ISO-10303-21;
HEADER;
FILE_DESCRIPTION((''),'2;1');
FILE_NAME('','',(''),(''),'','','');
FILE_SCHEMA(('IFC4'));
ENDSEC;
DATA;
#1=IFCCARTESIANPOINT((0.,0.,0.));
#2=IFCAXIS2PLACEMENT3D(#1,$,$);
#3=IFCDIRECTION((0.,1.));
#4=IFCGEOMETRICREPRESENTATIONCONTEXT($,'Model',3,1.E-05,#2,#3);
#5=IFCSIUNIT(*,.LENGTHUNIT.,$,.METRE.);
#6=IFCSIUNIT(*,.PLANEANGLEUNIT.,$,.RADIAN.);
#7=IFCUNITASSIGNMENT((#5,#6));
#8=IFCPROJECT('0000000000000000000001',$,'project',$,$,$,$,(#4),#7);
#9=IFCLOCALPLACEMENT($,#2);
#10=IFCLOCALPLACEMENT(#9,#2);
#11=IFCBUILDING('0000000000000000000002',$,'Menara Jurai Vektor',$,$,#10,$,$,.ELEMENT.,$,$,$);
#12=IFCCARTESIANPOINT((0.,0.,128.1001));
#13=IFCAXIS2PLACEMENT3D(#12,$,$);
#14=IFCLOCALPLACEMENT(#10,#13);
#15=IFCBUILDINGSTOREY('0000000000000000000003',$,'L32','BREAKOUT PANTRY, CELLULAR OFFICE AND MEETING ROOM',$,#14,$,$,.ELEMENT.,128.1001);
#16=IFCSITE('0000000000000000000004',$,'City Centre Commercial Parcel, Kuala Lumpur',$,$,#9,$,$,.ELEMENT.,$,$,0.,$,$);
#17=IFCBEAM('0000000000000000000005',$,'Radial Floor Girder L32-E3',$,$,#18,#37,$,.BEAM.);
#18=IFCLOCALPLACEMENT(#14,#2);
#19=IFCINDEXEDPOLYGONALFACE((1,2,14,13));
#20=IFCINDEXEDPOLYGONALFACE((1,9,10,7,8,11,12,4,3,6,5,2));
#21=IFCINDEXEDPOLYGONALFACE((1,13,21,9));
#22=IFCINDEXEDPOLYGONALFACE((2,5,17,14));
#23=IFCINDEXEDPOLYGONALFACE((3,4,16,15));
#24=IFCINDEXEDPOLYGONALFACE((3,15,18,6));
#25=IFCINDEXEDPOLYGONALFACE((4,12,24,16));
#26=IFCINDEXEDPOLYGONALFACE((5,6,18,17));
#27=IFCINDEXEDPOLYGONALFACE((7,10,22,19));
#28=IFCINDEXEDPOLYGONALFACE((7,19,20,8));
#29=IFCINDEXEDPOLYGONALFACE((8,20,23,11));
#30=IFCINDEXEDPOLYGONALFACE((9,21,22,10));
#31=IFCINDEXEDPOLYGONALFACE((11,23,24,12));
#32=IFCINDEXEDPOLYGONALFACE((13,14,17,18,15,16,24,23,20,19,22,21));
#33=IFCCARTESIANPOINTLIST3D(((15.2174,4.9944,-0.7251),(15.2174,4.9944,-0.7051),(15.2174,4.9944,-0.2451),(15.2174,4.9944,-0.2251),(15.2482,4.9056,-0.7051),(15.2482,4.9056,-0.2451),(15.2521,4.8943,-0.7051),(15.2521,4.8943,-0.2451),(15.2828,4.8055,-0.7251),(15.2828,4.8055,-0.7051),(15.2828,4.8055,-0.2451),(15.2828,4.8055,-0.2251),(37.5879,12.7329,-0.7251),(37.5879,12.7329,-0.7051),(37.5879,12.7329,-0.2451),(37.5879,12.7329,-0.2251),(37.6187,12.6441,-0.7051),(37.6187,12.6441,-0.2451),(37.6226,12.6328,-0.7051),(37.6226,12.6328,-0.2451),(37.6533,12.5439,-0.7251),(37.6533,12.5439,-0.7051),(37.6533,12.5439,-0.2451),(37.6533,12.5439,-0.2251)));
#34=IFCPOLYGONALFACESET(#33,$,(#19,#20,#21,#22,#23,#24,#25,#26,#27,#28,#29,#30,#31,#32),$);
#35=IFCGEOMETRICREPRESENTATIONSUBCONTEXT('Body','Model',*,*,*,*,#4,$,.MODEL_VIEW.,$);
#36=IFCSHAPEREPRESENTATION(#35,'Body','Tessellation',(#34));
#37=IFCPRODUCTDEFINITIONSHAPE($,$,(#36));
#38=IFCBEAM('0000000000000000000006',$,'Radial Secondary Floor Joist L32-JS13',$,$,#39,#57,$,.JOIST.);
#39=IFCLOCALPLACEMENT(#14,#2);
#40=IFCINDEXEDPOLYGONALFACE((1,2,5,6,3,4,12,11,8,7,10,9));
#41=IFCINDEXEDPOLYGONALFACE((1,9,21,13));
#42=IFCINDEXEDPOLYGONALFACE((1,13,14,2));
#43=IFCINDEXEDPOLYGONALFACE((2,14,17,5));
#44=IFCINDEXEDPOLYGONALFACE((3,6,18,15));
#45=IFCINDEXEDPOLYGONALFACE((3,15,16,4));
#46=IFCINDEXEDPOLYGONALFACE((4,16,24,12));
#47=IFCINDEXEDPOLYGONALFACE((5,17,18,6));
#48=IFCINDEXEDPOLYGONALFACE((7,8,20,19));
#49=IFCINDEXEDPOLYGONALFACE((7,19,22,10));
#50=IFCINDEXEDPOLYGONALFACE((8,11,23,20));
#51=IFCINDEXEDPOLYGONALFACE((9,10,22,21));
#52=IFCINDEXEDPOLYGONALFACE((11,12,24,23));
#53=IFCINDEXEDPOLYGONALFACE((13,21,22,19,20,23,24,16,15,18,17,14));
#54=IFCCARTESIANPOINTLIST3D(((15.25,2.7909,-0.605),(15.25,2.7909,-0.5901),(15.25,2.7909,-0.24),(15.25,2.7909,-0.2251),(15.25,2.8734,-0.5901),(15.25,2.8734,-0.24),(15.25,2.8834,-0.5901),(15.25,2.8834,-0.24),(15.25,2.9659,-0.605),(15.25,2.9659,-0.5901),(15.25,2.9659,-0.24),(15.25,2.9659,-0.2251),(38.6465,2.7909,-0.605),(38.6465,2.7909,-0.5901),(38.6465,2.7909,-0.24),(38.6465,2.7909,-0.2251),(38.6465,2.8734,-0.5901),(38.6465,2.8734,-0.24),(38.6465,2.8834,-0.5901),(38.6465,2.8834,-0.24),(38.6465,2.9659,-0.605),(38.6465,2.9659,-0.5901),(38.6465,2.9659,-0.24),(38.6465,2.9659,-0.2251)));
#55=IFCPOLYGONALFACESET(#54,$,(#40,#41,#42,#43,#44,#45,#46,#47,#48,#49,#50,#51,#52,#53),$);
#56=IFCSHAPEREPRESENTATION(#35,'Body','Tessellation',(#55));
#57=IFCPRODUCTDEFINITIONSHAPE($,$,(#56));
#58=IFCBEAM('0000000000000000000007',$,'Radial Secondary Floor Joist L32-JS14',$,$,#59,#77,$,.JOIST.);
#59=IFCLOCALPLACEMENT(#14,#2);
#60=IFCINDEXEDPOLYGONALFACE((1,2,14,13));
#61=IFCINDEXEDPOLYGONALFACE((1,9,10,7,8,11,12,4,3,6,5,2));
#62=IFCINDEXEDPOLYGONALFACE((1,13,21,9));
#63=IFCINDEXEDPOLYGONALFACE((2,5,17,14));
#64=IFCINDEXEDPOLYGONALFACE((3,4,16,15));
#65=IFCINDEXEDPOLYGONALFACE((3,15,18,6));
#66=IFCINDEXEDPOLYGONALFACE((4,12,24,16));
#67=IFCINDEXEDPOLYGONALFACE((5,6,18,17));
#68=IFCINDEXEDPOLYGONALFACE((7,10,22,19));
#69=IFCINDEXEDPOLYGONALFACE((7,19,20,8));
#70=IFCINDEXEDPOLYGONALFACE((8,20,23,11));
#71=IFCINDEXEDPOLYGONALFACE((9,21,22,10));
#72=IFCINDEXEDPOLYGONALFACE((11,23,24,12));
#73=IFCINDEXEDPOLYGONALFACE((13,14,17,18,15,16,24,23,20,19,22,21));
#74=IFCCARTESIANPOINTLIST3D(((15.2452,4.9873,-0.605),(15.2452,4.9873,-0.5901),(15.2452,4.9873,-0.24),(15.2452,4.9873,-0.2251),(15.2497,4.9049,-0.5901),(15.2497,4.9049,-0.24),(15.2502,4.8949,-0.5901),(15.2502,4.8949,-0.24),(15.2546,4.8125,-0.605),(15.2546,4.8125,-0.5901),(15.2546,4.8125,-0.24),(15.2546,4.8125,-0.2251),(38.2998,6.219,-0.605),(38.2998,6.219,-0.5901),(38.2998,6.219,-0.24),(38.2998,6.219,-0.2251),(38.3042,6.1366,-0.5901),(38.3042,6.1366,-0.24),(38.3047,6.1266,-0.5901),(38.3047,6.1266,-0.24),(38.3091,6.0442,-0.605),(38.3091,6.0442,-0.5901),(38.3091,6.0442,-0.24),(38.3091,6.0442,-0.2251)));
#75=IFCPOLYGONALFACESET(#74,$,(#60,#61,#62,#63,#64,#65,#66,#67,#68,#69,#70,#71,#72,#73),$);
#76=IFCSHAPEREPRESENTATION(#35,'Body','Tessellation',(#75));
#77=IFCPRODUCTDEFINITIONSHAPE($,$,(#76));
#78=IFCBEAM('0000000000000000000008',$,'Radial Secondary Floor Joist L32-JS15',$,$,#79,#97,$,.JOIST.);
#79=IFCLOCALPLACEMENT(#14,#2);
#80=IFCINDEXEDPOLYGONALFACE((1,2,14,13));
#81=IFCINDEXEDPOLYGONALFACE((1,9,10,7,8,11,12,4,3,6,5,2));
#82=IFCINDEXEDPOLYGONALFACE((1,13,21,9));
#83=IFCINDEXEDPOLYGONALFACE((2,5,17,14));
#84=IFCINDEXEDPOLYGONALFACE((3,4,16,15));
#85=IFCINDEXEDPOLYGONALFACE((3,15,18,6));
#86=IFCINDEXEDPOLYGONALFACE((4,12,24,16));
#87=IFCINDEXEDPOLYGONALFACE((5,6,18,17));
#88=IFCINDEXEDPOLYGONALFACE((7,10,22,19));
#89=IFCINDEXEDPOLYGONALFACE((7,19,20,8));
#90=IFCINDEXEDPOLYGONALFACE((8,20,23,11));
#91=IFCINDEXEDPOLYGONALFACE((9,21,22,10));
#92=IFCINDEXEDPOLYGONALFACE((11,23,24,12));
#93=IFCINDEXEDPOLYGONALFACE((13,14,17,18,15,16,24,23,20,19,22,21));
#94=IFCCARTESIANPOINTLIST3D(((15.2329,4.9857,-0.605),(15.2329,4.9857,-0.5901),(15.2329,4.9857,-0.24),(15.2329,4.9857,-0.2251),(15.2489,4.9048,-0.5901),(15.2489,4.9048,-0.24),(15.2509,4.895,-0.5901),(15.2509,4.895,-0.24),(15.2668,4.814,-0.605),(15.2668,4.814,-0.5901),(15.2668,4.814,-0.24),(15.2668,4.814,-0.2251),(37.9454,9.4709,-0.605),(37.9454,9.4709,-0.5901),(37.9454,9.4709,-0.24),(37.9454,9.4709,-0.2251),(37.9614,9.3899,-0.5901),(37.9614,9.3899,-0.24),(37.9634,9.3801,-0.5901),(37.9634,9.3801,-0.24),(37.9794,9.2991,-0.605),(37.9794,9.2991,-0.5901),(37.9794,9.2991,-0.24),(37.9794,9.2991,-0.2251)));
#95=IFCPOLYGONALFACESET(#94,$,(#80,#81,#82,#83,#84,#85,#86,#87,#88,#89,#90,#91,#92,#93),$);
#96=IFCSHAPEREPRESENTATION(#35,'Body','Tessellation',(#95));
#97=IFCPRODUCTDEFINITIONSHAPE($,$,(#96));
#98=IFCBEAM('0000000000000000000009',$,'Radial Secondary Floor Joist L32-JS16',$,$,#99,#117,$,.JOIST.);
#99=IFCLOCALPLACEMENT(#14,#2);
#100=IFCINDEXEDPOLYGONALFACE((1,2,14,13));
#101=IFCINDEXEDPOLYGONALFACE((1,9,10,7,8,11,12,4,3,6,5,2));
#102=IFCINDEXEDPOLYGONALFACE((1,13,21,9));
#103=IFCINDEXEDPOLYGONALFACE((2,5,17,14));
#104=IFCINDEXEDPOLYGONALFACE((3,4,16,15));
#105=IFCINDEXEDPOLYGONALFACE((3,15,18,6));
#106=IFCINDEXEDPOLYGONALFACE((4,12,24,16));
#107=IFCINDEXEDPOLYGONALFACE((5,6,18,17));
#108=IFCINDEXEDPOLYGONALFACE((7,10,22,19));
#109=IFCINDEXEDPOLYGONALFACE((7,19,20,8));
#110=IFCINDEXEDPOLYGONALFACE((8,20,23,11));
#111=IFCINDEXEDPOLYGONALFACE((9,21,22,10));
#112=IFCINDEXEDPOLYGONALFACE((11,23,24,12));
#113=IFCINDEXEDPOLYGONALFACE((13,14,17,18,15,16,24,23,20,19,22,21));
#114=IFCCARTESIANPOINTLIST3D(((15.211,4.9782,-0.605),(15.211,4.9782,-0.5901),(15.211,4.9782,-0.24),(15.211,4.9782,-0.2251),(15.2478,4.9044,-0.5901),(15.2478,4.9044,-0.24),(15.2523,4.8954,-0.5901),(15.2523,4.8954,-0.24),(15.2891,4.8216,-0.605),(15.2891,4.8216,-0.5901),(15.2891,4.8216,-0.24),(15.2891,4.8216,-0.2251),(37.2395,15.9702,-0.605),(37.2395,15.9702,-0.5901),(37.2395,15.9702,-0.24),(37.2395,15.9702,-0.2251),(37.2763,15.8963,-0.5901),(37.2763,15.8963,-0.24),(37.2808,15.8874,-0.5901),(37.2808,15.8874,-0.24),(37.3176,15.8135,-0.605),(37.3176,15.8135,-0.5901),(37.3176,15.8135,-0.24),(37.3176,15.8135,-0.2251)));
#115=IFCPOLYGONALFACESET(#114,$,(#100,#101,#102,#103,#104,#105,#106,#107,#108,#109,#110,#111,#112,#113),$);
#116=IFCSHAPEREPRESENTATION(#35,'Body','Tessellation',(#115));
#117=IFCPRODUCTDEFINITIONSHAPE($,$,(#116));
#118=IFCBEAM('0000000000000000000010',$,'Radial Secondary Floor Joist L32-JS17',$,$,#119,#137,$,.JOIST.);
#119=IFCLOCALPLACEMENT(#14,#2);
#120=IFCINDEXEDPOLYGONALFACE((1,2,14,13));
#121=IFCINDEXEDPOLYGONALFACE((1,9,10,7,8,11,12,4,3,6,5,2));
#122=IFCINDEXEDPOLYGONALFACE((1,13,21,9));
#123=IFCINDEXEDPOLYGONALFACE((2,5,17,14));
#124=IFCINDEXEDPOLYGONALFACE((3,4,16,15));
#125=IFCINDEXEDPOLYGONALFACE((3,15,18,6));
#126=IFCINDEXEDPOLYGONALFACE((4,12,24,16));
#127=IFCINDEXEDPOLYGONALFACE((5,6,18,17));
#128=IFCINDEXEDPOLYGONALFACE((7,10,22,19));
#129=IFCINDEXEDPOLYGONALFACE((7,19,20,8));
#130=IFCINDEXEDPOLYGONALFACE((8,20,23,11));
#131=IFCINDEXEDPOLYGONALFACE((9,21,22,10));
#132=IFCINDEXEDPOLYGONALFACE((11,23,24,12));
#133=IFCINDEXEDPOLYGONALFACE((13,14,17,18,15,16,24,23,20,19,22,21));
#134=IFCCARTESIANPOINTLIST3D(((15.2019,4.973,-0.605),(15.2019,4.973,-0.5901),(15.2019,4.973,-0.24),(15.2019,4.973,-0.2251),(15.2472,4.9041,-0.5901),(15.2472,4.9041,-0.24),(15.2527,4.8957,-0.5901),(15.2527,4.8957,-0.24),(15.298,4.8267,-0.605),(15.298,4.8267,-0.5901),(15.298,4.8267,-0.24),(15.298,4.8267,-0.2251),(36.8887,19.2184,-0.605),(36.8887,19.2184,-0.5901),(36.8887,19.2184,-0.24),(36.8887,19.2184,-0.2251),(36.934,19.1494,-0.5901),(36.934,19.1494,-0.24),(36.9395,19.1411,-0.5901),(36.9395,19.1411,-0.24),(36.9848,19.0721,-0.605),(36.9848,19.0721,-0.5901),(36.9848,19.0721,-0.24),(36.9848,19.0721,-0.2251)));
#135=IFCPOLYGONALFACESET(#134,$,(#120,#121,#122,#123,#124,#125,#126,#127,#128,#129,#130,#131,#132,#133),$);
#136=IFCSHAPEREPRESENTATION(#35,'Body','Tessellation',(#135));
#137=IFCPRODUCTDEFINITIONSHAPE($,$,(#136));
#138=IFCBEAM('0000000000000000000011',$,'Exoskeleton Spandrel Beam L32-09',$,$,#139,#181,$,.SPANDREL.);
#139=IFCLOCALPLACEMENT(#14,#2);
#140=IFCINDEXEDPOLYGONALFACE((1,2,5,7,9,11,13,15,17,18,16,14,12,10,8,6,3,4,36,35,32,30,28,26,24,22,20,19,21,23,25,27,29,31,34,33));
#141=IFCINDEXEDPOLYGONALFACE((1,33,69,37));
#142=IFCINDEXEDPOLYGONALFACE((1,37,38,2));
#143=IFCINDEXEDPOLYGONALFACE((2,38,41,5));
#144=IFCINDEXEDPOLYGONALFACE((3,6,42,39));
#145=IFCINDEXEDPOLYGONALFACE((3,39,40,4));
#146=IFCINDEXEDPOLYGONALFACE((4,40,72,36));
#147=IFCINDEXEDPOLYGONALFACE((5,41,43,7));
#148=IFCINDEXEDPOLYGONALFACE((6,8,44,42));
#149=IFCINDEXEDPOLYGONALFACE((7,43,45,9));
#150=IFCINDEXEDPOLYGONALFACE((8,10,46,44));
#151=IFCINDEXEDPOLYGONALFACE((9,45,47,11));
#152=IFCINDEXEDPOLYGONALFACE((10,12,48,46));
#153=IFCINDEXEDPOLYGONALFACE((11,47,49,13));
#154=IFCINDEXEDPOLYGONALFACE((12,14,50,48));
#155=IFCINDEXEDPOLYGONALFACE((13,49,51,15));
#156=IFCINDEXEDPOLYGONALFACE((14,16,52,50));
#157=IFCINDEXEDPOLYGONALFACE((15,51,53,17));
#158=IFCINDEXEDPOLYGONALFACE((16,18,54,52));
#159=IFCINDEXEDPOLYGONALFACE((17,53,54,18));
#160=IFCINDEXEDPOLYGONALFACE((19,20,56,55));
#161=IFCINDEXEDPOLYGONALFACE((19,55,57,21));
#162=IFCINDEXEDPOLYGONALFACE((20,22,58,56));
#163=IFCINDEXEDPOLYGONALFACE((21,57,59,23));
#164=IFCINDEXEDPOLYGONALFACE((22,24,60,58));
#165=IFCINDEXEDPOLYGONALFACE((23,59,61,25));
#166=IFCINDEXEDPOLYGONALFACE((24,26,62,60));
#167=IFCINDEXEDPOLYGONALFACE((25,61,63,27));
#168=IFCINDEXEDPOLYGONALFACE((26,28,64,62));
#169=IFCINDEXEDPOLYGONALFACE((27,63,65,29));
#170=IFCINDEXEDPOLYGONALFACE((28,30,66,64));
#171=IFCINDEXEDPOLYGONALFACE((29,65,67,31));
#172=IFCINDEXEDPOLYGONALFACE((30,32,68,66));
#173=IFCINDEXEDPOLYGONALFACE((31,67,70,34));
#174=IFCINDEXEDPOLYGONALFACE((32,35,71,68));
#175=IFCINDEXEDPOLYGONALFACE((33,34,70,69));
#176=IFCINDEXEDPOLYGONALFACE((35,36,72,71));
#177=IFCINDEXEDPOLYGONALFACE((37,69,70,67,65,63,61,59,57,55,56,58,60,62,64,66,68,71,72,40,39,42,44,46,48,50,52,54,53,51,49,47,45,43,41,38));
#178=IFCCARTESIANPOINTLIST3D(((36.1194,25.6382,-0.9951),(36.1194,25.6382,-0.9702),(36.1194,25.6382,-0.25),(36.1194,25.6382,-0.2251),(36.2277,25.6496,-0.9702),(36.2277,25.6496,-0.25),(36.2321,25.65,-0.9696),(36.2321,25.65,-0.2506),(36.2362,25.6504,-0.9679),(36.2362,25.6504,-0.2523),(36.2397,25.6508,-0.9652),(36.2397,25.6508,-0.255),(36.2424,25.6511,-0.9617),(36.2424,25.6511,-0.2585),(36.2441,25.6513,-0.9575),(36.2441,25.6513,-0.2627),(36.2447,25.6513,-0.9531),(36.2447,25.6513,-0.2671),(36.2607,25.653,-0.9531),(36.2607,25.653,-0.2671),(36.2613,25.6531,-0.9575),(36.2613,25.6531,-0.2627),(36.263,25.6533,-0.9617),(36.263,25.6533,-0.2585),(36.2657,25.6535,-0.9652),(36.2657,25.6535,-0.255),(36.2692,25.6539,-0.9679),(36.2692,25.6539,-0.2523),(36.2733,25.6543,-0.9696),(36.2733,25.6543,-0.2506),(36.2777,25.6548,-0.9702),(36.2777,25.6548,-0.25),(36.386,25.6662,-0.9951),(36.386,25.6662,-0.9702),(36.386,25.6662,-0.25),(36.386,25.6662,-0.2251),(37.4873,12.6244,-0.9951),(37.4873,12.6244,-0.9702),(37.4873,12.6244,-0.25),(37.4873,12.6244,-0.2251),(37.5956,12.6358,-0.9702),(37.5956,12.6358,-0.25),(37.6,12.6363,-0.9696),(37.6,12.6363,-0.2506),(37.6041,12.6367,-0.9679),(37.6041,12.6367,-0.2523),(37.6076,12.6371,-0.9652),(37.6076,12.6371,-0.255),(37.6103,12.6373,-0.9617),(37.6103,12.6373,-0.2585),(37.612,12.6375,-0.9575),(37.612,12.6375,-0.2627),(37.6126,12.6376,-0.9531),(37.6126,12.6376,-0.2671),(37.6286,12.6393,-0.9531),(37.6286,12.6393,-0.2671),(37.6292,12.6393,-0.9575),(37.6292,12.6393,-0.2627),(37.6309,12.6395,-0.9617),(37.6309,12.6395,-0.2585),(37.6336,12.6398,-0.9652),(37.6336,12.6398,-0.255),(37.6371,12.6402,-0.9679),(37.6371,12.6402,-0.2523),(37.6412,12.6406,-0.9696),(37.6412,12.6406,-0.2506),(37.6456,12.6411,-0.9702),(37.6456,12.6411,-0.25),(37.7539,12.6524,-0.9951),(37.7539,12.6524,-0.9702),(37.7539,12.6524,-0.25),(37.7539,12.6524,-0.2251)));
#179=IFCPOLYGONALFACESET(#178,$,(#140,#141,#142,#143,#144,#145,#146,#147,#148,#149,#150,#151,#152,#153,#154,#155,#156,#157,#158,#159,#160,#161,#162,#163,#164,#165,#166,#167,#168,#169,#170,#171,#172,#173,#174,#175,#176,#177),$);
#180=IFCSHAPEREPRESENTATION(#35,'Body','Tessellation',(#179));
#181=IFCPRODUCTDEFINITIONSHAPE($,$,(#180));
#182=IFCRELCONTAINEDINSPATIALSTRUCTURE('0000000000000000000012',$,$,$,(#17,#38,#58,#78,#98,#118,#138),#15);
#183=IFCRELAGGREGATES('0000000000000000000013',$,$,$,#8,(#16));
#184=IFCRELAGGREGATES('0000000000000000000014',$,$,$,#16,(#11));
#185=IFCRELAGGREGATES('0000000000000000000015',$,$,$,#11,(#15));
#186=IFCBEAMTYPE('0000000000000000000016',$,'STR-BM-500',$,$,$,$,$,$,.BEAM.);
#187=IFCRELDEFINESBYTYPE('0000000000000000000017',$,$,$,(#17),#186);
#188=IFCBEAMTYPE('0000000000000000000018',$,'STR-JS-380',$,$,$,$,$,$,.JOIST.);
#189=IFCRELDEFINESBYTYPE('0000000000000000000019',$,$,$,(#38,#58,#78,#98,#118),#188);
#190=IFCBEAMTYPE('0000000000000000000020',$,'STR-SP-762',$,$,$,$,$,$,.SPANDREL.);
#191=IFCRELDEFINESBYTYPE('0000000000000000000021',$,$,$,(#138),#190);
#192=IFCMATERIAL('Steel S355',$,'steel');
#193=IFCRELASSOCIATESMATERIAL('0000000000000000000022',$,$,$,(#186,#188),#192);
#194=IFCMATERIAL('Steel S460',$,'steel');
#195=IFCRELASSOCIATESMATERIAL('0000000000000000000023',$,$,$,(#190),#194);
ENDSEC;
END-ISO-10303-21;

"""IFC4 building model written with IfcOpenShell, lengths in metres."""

from ifc_helpers import new_model, si_unit, direction, frame, origin, origin_2d, place, context, subcontext, project, spatial, i_section, extrude, material, material_profile, profile_set, type_object, element, save


model = new_model("IFC4")

# Units and contexts
model_context = context("Model", 3, precision=1e-05, world=origin(), true_north=direction((0.0, 1.0)))
body_context = subcontext(model_context, "Body", "Model", "MODEL_VIEW")
ifc_project = project(units=[si_unit("LENGTHUNIT", "METRE"), si_unit("PLANEANGLEUNIT", "RADIAN")], contexts=[model_context])

# Site, building, storey
site_placement = place(None, origin())
site = spatial("IfcSite", under=ifc_project, at=site_placement, Name="City Centre Commercial Parcel, Kuala Lumpur", CompositionType="ELEMENT", RefElevation=0.0)
building_placement = place(site_placement, origin())
building = spatial("IfcBuilding", under=site, at=building_placement, Name="Menara Jurai Vektor", CompositionType="ELEMENT")
storey_placement = place(building_placement, frame((0.0, 0.0, 128.1001)))
storey = spatial("IfcBuildingStorey", under=building, at=storey_placement, Name="L32", Description="BREAKOUT PANTRY, CELLULAR OFFICE AND MEETING ROOM", CompositionType="ELEMENT", Elevation=128.1001)

# Shared definitions
ifc_material_1 = material(Name="Steel S460", Category="steel")

# Beams
ifc_material_2 = material(Name="Steel S355", Category="steel")
ifc_material_profile_1 = material_profile(ifc_material_2, i_section(OverallWidth=0.2, OverallDepth=0.5, WebThickness=0.012, FlangeThickness=0.02, at=origin_2d()), Name="PG 500x200x96")
ifc_profile_set_1 = profile_set([ifc_material_profile_1], Name="Steel S355")
beam_type_1 = type_object("IfcBeamType", Name="STR-BM-500", PredefinedType="BEAM", material=ifc_profile_set_1)
beam_1_placement = place(storey_placement, frame((37.6206, 12.6384, -0.4751), z_axis=(-0.945053, -0.326916, 0.0), x_axis=(0.326916, -0.945053, 0.0)))
element("IfcBeam", 1, at=beam_1_placement, inside=storey, type_object=beam_type_1, Name="Radial Floor Girder L32-E3", PredefinedType="BEAM", context=body_context, shape_type="SweptSolid", body=[
    extrude(i_section(OverallWidth=0.2, OverallDepth=0.5, WebThickness=0.012, FlangeThickness=0.02, at=origin_2d()), origin(), (0.0, 0.0, 1.0), 23.6711),
])
ifc_material_profile_2 = material_profile(ifc_material_2, i_section(OverallWidth=0.175, OverallDepth=0.3799, WebThickness=0.01, FlangeThickness=0.0149, at=origin_2d()), Name="PG 380x175x58")
ifc_profile_set_2 = profile_set([ifc_material_profile_2], Name="Steel S355")
beam_type_2 = type_object("IfcBeamType", Name="STR-JS-380", PredefinedType="JOIST", material=ifc_profile_set_2)
beam_2_placement = place(storey_placement, frame((38.6465, 2.8784, -0.415), z_axis=(-1.0, 0.0, 0.0), x_axis=(0.0, -1.0, 0.0)))
element("IfcBeam", 2, at=beam_2_placement, inside=storey, type_object=beam_type_2, Name="Radial Secondary Floor Joist L32-JS13", PredefinedType="JOIST", context=body_context, shape_type="SweptSolid", body=[
    extrude(i_section(OverallWidth=0.175, OverallDepth=0.3799, WebThickness=0.01, FlangeThickness=0.0149, at=origin_2d()), origin(), (0.0, 0.0, 1.0), 23.3965),
])
beam_3_placement = place(storey_placement, frame((38.3044, 6.1316, -0.415), z_axis=(-0.998576, -0.053349, 0.0), x_axis=(0.053349, -0.998576, 0.0)))
element("IfcBeam", 3, at=beam_3_placement, inside=storey, type_object=beam_type_2, Name="Radial Secondary Floor Joist L32-JS14", PredefinedType="JOIST", context=body_context, shape_type="SweptSolid", body=[
    extrude(i_section(OverallWidth=0.175, OverallDepth=0.3799, WebThickness=0.01, FlangeThickness=0.0149, at=origin_2d()), origin(), (0.0, 0.0, 1.0), 23.0874),
])
beam_4_placement = place(storey_placement, frame((37.9624, 9.385, -0.415), z_axis=(-0.981054, -0.193733, 0.0), x_axis=(0.193733, -0.981054, 0.0)))
element("IfcBeam", 4, at=beam_4_placement, inside=storey, type_object=beam_type_2, Name="Radial Secondary Floor Joist L32-JS15", PredefinedType="JOIST", context=body_context, shape_type="SweptSolid", body=[
    extrude(i_section(OverallWidth=0.175, OverallDepth=0.3799, WebThickness=0.01, FlangeThickness=0.0149, at=origin_2d()), origin(), (0.0, 0.0, 1.0), 23.1511),
])
beam_5_placement = place(storey_placement, frame((37.2786, 15.8918, -0.415), z_axis=(-0.89479, -0.446488, 0.0), x_axis=(0.446488, -0.89479, 0.0)))
element("IfcBeam", 5, at=beam_5_placement, inside=storey, type_object=beam_type_2, Name="Radial Secondary Floor Joist L32-JS16", PredefinedType="JOIST", context=body_context, shape_type="SweptSolid", body=[
    extrude(i_section(OverallWidth=0.175, OverallDepth=0.3799, WebThickness=0.01, FlangeThickness=0.0149, at=origin_2d()), origin(), (0.0, 0.0, 1.0), 24.6187),
])
beam_6_placement = place(storey_placement, frame((36.9368, 19.1453, -0.415), z_axis=(-0.835811, -0.549018, 0.0), x_axis=(0.549018, -0.835811, 0.0)))
element("IfcBeam", 6, at=beam_6_placement, inside=storey, type_object=beam_type_2, Name="Radial Secondary Floor Joist L32-JS17", PredefinedType="JOIST", context=body_context, shape_type="SweptSolid", body=[
    extrude(i_section(OverallWidth=0.175, OverallDepth=0.3799, WebThickness=0.01, FlangeThickness=0.0149, at=origin_2d()), origin(), (0.0, 0.0, 1.0), 25.947),
])
ifc_material_profile_3 = material_profile(ifc_material_1, i_section(OverallWidth=0.2681, OverallDepth=0.77, WebThickness=0.0161, FlangeThickness=0.0249, FilletRadius=0.0171, at=origin_2d()), Name="UKB 762x267x197")
ifc_profile_set_3 = profile_set([ifc_material_profile_3], Name="Steel S460")
beam_type_3 = type_object("IfcBeamType", Name="STR-SP-762", PredefinedType="SPANDREL", material=ifc_profile_set_3)
beam_7_placement = place(storey_placement, frame((37.6206, 12.6384, -0.6101), z_axis=(-0.104538, 0.994521, 0.0), x_axis=(-0.994521, -0.104538, 0.0)))
element("IfcBeam", 7, at=beam_7_placement, inside=storey, type_object=beam_type_3, Name="Exoskeleton Spandrel Beam L32-09", PredefinedType="SPANDREL", context=body_context, shape_type="SweptSolid", body=[
    extrude(i_section(OverallWidth=0.2681, OverallDepth=0.77, WebThickness=0.0161, FlangeThickness=0.0249, FilletRadius=0.0171, at=origin_2d()), origin(), (0.0, 0.0, 1.0), 13.0854),
])

save(model, "model.ifc")
